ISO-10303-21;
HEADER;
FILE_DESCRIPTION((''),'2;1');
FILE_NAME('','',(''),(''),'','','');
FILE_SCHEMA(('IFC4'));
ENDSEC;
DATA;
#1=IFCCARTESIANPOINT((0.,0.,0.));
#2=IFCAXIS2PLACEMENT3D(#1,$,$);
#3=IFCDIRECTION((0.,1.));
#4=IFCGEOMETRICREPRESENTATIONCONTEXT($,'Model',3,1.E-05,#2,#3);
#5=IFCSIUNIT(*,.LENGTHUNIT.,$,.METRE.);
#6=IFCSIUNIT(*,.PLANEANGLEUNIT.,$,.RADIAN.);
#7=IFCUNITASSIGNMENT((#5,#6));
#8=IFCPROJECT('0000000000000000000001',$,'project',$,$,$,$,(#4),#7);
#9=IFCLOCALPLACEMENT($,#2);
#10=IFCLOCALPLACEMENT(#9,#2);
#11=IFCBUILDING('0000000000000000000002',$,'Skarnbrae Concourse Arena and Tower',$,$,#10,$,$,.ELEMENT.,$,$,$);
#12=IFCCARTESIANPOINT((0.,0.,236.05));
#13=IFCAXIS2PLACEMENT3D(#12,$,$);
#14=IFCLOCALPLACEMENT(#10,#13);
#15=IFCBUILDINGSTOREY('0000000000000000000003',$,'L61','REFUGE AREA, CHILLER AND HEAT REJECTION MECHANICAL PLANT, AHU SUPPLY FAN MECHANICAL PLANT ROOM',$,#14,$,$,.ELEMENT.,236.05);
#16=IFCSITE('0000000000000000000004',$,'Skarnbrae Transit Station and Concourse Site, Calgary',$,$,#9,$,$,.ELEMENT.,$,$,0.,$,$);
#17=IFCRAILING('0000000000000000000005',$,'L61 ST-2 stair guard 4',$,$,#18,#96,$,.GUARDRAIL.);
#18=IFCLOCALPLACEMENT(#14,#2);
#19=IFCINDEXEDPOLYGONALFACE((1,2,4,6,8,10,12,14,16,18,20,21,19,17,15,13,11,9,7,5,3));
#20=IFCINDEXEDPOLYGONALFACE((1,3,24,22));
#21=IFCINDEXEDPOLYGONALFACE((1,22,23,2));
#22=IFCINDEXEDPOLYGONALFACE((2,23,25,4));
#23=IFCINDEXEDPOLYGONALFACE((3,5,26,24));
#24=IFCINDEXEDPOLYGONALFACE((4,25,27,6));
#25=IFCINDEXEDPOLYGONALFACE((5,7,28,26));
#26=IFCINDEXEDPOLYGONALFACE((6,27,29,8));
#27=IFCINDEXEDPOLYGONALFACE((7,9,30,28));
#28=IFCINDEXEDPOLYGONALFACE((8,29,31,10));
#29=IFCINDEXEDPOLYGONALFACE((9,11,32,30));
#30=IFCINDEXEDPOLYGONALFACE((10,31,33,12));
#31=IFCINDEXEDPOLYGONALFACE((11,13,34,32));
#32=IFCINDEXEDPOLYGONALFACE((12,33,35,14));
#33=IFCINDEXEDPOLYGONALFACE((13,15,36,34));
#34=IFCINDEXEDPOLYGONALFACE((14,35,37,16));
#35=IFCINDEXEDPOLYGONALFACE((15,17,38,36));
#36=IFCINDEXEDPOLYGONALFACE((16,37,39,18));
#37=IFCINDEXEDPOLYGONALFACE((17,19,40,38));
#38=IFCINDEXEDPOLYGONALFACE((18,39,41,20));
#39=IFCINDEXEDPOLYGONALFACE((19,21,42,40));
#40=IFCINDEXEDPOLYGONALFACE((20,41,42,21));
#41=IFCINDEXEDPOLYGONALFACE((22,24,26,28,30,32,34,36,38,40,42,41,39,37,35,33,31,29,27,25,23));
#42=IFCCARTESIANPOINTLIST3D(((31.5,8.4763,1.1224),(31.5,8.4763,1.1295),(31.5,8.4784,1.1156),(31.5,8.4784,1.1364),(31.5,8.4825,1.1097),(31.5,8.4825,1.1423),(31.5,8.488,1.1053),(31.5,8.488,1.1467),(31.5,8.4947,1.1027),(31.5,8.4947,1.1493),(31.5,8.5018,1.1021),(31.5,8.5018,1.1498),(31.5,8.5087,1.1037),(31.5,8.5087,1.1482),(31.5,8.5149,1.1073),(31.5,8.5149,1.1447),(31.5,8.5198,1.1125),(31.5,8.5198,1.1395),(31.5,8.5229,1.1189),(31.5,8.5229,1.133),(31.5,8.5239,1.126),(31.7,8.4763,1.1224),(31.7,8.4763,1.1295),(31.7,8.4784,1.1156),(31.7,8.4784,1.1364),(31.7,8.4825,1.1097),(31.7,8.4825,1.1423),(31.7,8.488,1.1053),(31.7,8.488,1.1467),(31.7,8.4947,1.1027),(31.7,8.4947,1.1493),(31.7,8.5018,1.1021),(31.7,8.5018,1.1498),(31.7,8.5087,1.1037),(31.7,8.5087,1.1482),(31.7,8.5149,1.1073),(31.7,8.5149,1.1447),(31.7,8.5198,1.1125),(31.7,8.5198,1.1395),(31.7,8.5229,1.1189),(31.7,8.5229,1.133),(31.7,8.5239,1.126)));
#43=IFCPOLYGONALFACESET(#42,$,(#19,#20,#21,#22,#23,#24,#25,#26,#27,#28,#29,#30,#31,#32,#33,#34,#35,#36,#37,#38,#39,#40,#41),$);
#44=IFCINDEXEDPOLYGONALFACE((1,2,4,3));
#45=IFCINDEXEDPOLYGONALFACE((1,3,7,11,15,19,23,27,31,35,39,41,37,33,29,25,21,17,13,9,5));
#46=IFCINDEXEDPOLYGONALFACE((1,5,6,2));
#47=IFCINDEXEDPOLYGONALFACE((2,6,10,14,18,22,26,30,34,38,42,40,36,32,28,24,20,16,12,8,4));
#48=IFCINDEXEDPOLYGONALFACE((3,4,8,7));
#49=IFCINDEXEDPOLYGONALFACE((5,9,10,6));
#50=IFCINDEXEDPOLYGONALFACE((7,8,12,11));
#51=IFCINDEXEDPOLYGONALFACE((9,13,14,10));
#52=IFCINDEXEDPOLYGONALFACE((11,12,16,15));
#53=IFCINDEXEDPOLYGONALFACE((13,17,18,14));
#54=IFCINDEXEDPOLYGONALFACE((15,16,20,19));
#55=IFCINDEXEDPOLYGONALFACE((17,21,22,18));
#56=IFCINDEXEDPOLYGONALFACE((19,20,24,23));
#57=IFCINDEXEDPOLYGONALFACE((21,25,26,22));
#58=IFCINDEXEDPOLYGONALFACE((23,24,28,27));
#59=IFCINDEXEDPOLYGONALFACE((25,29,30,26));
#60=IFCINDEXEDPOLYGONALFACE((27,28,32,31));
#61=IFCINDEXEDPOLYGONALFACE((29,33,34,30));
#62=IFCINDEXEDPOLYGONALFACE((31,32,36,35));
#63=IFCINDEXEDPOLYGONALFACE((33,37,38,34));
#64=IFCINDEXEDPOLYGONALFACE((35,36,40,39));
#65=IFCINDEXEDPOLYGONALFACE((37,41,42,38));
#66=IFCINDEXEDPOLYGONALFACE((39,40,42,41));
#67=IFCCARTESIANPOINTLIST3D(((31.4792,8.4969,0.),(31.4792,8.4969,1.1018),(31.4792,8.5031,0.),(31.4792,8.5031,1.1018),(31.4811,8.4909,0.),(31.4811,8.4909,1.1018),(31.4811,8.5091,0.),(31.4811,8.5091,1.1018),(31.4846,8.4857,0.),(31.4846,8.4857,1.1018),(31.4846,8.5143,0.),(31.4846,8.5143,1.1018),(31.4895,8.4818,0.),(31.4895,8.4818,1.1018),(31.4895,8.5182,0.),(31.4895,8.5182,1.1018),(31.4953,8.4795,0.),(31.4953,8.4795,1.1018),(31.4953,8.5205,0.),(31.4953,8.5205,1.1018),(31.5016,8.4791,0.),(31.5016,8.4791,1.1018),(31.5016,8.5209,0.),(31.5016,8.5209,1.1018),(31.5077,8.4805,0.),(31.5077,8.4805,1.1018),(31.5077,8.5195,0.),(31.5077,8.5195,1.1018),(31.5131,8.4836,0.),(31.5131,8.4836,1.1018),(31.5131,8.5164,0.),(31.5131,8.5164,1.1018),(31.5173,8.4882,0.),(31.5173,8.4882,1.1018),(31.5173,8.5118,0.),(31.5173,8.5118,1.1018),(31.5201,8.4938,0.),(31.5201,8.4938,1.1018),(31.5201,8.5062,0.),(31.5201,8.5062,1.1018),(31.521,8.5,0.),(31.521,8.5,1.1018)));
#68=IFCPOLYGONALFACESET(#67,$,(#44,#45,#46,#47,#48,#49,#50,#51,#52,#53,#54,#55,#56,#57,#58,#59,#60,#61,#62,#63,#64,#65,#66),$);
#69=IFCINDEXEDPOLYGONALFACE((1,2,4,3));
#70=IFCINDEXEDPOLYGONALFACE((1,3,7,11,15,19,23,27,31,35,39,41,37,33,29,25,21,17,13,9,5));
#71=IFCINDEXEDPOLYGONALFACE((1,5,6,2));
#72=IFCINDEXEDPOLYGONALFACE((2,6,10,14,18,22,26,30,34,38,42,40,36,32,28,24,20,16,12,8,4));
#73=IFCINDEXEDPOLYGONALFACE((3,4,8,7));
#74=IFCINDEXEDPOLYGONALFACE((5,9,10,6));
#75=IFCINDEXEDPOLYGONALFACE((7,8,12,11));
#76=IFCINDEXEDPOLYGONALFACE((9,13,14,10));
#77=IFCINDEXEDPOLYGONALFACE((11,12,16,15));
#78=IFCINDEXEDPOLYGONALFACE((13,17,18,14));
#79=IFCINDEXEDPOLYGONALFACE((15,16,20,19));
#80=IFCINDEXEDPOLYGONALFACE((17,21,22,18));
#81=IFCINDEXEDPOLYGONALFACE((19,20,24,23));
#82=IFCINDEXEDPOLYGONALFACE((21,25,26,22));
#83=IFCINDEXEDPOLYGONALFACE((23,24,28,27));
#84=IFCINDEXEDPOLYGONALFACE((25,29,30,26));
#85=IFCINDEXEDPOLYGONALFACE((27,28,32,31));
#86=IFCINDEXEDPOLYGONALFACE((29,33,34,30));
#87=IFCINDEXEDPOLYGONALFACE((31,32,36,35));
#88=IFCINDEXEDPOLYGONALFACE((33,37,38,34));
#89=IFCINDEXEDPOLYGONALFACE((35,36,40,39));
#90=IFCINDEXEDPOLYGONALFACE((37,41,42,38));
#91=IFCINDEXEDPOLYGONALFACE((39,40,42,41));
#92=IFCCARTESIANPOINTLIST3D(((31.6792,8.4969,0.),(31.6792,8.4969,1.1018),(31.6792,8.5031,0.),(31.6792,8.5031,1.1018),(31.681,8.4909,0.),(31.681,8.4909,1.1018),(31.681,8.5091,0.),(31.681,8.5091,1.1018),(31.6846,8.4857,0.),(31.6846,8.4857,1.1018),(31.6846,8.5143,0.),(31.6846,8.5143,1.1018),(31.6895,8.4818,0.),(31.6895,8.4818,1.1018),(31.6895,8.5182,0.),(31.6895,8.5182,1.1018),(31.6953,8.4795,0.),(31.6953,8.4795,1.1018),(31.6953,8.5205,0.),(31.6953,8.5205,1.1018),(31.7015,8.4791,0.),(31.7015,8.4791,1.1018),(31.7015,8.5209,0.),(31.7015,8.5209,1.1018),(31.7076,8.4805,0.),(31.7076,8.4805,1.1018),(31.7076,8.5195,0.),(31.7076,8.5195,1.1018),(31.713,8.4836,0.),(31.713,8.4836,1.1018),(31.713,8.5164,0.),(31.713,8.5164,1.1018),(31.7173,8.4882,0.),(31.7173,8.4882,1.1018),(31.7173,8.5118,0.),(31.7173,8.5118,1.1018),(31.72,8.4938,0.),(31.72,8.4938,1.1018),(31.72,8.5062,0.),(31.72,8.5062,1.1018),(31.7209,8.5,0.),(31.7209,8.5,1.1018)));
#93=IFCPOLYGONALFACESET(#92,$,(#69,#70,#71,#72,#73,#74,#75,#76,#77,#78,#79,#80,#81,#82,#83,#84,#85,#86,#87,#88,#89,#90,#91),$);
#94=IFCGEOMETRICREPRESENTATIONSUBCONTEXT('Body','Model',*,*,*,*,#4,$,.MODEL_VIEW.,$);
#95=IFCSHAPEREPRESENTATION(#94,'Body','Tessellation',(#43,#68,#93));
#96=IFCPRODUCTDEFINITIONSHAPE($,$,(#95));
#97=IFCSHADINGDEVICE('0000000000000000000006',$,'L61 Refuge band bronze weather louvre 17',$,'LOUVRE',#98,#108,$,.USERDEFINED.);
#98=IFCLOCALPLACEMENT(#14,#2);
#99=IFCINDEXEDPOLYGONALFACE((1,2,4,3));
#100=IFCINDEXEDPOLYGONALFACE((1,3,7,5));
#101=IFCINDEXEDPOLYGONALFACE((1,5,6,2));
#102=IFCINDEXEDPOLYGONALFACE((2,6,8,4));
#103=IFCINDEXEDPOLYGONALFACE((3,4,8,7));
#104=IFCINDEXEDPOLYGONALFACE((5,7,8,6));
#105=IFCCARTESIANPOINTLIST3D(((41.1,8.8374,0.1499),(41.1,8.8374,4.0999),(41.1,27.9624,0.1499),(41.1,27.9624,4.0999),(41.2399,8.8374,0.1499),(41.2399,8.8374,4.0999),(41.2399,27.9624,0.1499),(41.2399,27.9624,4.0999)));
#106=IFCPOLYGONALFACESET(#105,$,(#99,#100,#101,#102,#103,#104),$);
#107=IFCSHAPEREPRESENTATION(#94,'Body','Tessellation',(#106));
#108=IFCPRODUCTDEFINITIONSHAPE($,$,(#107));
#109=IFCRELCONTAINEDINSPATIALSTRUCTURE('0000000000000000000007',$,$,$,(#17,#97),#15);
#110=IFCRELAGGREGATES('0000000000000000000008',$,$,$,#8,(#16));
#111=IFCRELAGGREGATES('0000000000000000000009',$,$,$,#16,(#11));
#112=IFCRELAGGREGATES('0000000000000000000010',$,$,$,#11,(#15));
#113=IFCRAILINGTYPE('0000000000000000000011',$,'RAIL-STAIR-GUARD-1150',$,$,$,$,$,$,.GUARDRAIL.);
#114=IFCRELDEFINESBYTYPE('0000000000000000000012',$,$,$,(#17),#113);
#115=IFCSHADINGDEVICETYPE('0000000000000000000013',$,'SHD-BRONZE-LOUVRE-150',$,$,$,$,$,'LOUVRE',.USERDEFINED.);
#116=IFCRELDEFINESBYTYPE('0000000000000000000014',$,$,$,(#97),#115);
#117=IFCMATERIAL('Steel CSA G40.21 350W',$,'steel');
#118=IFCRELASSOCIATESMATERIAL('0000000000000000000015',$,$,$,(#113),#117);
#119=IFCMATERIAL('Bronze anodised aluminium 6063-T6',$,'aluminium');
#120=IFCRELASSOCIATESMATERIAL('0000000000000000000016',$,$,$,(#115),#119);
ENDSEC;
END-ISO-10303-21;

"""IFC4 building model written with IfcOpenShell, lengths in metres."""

from ifc_helpers import new_model, si_unit, direction, frame, origin, origin_2d, place, context, subcontext, project, spatial, rectangle, circle, extrude, source, transform, mapped, material, type_object, element, save


model = new_model("IFC4")

# Units and contexts
model_context = context("Model", 3, precision=1e-05, world=origin(), true_north=direction((0.0, 1.0)))
body_context = subcontext(model_context, "Body", "Model", "MODEL_VIEW")
ifc_project = project(units=[si_unit("LENGTHUNIT", "METRE"), si_unit("PLANEANGLEUNIT", "RADIAN")], contexts=[model_context])

# Site, building, storey
site_placement = place(None, origin())
site = spatial("IfcSite", under=ifc_project, at=site_placement, Name="Skarnbrae Transit Station and Concourse Site, Calgary", CompositionType="ELEMENT", RefElevation=0.0)
building_placement = place(site_placement, origin())
building = spatial("IfcBuilding", under=site, at=building_placement, Name="Skarnbrae Concourse Arena and Tower", CompositionType="ELEMENT")
storey_placement = place(building_placement, frame((0.0, 0.0, 236.05)))
storey = spatial("IfcBuildingStorey", under=building, at=storey_placement, Name="L61", Description="REFUGE AREA, CHILLER AND HEAT REJECTION MECHANICAL PLANT, AHU SUPPLY FAN MECHANICAL PLANT ROOM", CompositionType="ELEMENT", Elevation=236.05)

# Shared definitions
ifc_material_1 = material(Name="Steel CSA G40.21 350W", Category="steel")

# Railing
railing_type_1 = type_object("IfcRailingType", Name="RAIL-STAIR-GUARD-1150", PredefinedType="GUARDRAIL", material=ifc_material_1)
railing_1_placement = place(storey_placement, frame((31.5, 8.5, 0.0)))
element("IfcRailing", 1, at=railing_1_placement, inside=storey, type_object=railing_type_1, Name="L61 ST-2 stair guard 4", PredefinedType="GUARDRAIL", context=body_context, shape_type="SweptSolid", body=[
    extrude(circle(Radius=0.0239, at=origin_2d()), frame((0.0, 0.0, 1.126), z_axis=(1.0, 0.0, 0.0), x_axis=(0.0, 1.0, 0.0)), (0.0, 0.0, 1.0), 0.2),
    extrude(circle(Radius=0.021, at=origin_2d()), origin(), (0.0, 0.0, 1.0), 1.1018),
    extrude(circle(Radius=0.021, at=origin_2d()), frame((0.2, 0.0, 0.0)), (0.0, 0.0, 1.0), 1.1018),
])

# Shading device
ifc_material_2 = material(Name="Bronze anodised aluminium 6063-T6", Category="aluminium")
shading_device_type = type_object("IfcShadingDeviceType", Name="SHD-BRONZE-LOUVRE-150", ElementType="LOUVRE", PredefinedType="USERDEFINED", material=ifc_material_2)
shared_shape_1 = source(origin(), body_context, "Body", "SweptSolid", [
    extrude(rectangle(XDim=19.125, YDim=0.1399, at=origin_2d()), origin(), (0.0, 0.0, 1.0), 3.95),
])
shading_device_placement = place(storey_placement, frame((41.1699, 18.3999, 0.1499), z_axis=(0.0, 0.0, 1.0), x_axis=(0.0, -1.0, 0.0)))
element("IfcShadingDevice", 2, at=shading_device_placement, inside=storey, type_object=shading_device_type, Name="L61 Refuge band bronze weather louvre 17", ObjectType="LOUVRE", PredefinedType="USERDEFINED", context=body_context, shape_type="MappedRepresentation", body=[
    mapped(shared_shape_1, transform((0.0, 0.0, 0.0))),
])

save(model, "model.ifc")
